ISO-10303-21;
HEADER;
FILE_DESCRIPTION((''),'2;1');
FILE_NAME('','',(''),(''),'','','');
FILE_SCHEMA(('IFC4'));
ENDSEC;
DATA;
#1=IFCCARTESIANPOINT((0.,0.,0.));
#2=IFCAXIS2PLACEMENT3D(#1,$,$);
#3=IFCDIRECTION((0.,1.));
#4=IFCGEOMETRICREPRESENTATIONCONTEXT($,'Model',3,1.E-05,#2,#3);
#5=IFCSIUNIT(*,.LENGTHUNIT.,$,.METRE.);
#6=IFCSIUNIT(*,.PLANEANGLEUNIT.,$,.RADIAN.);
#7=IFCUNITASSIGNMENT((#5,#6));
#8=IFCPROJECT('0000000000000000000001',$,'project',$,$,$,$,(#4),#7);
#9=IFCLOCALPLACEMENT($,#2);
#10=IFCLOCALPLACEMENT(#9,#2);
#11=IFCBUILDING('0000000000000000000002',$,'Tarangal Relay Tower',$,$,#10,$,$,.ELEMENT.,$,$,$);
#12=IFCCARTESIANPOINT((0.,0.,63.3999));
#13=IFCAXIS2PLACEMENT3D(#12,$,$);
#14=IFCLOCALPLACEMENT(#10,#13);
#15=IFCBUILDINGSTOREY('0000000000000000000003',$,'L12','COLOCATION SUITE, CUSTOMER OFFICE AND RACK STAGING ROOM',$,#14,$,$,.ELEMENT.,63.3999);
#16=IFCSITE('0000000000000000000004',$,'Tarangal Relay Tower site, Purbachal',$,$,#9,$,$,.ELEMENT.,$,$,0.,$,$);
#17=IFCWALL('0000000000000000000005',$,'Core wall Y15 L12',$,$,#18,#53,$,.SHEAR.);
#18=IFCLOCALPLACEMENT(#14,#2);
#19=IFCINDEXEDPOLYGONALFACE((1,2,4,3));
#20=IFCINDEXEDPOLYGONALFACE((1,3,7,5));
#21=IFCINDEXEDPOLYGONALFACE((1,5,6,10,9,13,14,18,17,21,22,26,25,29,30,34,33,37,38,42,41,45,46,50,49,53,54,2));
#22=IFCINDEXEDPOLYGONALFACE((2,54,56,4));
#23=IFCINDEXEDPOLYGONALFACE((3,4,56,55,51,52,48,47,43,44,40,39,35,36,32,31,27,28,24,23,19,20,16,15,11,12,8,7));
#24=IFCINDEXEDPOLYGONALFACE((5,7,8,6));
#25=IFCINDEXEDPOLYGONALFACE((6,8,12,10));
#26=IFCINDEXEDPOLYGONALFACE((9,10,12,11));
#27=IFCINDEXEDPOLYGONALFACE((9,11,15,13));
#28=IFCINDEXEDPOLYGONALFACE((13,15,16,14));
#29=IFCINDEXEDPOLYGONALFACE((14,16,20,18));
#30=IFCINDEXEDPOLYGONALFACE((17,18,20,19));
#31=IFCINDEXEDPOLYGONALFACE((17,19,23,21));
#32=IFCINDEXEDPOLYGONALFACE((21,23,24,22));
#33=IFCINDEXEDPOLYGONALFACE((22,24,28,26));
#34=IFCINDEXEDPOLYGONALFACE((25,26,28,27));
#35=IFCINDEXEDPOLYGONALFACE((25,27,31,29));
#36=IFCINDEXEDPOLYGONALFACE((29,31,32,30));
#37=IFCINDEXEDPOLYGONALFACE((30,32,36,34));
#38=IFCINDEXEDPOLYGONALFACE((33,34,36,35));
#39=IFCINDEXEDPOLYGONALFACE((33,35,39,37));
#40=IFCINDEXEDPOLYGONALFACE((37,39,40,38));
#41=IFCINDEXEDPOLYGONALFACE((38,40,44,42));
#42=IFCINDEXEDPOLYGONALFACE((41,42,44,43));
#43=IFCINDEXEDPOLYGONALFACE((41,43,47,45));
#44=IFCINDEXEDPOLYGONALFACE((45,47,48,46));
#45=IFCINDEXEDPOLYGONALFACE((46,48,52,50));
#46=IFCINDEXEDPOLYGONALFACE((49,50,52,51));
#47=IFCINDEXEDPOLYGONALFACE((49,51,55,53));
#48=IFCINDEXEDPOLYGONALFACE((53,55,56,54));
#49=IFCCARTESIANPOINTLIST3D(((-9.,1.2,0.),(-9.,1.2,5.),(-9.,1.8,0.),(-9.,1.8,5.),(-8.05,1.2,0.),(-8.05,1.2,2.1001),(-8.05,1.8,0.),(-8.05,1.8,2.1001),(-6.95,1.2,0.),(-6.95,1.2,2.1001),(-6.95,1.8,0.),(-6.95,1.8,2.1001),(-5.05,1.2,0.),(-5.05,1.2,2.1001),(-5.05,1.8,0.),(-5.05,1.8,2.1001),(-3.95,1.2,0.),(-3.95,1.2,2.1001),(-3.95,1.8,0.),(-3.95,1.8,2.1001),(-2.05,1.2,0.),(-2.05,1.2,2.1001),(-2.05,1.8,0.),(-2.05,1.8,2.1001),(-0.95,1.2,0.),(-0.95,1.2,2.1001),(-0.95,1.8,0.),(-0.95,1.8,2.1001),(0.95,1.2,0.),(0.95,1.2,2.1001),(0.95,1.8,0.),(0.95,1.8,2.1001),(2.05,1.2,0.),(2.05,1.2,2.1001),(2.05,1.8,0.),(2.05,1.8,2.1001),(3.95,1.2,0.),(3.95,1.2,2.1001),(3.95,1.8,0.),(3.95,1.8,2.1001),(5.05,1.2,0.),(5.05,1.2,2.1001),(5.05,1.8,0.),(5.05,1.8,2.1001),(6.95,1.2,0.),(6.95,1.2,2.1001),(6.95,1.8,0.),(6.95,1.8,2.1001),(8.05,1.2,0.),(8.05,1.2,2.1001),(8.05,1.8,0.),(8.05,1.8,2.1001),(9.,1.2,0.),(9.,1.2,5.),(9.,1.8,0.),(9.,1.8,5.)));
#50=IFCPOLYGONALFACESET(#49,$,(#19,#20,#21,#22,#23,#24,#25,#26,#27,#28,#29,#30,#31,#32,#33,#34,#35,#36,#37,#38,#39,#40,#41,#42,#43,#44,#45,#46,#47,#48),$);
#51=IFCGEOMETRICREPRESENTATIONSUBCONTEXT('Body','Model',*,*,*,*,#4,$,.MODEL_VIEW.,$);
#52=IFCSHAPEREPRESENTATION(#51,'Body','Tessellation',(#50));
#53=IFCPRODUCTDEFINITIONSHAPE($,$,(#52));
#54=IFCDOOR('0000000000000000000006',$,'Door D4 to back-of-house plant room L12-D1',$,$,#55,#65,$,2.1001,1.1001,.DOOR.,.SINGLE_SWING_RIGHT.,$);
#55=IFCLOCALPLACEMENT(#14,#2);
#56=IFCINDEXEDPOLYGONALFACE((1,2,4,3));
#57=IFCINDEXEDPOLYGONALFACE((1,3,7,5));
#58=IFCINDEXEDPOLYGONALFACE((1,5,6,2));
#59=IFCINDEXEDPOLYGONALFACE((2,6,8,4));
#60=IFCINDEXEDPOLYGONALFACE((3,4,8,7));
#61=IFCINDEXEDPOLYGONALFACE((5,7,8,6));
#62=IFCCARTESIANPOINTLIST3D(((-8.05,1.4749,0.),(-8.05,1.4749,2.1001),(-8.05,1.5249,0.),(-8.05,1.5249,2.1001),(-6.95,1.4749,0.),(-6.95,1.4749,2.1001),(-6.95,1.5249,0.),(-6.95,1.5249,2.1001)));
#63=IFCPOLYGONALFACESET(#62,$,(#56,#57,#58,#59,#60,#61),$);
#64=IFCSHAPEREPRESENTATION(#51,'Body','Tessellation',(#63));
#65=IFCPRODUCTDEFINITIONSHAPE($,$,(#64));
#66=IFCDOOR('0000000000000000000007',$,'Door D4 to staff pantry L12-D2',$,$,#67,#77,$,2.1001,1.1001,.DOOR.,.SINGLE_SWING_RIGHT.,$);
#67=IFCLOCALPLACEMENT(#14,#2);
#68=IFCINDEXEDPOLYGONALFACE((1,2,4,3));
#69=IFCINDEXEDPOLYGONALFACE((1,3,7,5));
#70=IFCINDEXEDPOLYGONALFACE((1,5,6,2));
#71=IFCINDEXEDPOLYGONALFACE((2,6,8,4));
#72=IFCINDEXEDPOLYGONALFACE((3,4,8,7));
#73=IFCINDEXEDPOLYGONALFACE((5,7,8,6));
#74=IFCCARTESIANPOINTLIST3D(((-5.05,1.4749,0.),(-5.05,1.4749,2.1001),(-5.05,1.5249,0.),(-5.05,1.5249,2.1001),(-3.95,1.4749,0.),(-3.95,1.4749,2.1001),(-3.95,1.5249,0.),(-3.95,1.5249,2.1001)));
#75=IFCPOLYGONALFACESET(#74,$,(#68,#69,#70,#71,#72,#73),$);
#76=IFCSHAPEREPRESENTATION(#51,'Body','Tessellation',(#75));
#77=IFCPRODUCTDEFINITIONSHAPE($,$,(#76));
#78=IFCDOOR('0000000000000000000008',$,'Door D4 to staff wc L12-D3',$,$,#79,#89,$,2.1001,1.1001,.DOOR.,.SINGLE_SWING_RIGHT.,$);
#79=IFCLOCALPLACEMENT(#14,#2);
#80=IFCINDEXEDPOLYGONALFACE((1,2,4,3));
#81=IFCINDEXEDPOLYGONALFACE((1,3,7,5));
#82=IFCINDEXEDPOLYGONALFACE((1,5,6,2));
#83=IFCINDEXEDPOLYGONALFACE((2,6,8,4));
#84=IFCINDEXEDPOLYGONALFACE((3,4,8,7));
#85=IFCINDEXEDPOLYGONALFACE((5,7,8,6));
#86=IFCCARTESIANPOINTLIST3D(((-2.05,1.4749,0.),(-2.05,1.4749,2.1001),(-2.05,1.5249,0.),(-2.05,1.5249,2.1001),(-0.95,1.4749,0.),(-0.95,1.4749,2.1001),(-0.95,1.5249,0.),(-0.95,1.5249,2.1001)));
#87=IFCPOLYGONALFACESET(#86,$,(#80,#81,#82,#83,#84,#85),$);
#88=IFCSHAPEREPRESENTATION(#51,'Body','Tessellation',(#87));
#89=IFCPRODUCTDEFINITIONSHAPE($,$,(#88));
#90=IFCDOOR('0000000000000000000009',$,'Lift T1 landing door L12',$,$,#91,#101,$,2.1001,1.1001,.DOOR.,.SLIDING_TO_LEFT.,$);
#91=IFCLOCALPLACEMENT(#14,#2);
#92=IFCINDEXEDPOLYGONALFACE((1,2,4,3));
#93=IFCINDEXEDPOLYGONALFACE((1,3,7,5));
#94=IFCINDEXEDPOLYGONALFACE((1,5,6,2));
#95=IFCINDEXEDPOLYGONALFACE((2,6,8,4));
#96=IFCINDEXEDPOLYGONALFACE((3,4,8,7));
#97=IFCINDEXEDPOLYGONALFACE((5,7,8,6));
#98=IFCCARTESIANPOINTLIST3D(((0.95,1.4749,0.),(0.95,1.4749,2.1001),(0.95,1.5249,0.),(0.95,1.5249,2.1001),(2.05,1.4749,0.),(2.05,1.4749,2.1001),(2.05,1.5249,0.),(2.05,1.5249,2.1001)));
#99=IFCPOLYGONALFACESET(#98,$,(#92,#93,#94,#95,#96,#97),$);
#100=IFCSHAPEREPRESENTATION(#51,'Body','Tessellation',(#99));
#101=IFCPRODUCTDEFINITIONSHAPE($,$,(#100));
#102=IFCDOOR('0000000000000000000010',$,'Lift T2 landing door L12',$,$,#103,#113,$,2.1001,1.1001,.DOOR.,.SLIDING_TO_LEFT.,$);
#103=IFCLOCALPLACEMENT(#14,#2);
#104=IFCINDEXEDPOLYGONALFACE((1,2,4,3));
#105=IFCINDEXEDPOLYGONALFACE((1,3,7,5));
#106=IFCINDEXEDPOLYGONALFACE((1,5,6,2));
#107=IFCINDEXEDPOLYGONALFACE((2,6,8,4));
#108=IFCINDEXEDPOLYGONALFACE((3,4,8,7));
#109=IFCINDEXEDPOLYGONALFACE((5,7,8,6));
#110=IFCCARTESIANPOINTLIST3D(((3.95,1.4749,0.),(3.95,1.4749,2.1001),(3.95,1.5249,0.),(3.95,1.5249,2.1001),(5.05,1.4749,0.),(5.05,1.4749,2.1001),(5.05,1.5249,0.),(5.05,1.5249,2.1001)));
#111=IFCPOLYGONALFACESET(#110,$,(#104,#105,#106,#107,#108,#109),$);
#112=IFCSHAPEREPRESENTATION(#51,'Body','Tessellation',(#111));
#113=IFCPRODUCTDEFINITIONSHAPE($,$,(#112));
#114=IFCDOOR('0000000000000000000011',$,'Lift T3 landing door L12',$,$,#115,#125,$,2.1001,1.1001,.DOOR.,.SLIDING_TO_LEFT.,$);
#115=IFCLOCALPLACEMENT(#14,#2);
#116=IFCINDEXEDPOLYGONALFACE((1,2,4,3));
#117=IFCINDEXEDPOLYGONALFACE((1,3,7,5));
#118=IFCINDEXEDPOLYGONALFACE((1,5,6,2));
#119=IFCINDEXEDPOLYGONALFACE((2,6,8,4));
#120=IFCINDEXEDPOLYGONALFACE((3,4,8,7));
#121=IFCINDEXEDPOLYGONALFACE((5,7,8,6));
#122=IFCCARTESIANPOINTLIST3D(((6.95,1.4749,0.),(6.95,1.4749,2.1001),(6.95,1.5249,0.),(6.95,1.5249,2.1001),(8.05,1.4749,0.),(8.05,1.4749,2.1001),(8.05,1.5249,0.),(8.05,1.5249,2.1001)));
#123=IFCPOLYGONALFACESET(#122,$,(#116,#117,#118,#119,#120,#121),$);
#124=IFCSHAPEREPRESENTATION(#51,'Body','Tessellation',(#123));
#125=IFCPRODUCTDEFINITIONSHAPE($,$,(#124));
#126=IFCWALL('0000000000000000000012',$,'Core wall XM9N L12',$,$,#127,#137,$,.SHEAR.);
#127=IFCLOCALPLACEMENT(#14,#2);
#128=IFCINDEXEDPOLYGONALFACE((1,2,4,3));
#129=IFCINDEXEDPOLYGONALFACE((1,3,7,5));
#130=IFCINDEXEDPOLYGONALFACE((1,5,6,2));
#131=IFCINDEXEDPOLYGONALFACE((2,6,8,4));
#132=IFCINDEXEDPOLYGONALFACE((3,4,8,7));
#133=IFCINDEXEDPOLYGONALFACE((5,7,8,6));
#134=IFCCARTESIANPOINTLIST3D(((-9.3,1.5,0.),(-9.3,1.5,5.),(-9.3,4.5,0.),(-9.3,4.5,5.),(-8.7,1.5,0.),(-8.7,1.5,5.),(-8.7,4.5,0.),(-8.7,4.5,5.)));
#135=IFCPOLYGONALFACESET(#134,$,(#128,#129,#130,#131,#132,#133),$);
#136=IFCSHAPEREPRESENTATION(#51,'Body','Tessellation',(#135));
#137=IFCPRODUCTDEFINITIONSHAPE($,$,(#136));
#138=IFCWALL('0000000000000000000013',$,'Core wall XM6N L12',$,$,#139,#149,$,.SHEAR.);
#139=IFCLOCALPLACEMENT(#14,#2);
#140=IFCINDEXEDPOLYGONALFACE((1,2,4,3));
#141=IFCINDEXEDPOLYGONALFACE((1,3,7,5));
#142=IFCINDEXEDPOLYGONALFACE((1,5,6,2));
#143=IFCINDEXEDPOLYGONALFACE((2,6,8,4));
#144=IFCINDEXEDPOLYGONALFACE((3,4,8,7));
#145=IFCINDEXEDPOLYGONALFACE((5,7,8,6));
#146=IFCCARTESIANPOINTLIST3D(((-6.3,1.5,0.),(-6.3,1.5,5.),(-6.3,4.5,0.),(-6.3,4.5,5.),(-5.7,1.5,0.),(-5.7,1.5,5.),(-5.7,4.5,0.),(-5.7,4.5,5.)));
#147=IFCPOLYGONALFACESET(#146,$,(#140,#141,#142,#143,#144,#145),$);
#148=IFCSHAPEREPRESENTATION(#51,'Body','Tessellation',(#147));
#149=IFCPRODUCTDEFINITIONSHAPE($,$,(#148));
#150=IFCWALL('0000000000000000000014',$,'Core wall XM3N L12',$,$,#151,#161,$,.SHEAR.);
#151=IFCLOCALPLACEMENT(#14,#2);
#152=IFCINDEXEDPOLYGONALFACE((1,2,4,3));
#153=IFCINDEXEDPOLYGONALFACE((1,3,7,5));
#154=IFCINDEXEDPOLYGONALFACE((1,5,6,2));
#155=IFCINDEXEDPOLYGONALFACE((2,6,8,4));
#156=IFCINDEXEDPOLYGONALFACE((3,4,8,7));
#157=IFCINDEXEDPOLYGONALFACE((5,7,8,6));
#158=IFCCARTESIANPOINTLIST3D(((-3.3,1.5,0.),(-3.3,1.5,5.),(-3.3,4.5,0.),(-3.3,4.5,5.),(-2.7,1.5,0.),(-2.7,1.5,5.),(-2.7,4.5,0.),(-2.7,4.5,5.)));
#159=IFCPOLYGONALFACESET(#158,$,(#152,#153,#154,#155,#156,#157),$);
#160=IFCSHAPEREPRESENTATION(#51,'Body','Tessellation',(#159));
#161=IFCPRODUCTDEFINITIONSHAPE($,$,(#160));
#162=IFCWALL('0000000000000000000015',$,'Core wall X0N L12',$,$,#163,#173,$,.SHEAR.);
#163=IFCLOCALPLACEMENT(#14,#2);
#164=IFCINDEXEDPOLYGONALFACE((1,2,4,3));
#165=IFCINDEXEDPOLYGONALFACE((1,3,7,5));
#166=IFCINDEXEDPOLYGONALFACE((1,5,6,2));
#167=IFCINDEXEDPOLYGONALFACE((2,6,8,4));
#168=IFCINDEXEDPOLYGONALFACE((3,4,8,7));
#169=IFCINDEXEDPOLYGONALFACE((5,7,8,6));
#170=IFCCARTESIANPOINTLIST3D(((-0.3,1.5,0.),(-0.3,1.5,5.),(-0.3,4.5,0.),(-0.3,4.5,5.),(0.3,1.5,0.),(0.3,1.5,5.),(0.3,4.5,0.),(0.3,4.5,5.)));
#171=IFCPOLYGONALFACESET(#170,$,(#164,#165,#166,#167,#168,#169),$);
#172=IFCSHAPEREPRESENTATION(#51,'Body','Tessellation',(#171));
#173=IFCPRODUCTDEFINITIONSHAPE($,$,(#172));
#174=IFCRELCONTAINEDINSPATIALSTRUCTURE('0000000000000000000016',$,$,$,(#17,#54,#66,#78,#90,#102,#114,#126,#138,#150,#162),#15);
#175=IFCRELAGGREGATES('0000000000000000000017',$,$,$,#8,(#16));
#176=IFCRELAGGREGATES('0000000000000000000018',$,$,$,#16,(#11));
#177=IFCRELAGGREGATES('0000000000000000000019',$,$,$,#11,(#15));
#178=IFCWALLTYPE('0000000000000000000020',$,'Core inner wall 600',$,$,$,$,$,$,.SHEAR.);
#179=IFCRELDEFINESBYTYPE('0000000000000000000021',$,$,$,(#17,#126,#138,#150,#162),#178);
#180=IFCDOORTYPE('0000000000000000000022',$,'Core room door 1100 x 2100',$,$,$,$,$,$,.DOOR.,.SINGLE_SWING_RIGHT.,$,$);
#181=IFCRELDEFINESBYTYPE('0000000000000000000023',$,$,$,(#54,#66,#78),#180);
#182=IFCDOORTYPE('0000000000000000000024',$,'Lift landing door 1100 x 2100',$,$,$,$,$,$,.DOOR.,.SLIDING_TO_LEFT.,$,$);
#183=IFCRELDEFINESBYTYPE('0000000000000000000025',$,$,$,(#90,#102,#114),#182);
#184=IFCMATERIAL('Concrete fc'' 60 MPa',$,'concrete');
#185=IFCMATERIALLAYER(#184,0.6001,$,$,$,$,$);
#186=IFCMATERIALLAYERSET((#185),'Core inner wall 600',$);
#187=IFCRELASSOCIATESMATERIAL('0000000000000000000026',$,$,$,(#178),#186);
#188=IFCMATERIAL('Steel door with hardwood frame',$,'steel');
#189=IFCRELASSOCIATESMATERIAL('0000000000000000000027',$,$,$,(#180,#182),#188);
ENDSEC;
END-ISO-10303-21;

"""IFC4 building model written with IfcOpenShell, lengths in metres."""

from ifc_helpers import new_model, si_unit, direction, frame, frame_2d, origin, place, context, subcontext, project, spatial, rectangle, extrude, material, layer, layer_set, type_object, element, fill, save


model = new_model("IFC4")

# Units and contexts
model_context = context("Model", 3, precision=1e-05, world=origin(), true_north=direction((0.0, 1.0)))
body_context = subcontext(model_context, "Body", "Model", "MODEL_VIEW")
ifc_project = project(units=[si_unit("LENGTHUNIT", "METRE"), si_unit("PLANEANGLEUNIT", "RADIAN")], contexts=[model_context])

# Site, building, storey
site_placement = place(None, origin())
site = spatial("IfcSite", under=ifc_project, at=site_placement, Name="Tarangal Relay Tower site, Purbachal", CompositionType="ELEMENT", RefElevation=0.0)
building_placement = place(site_placement, origin())
building = spatial("IfcBuilding", under=site, at=building_placement, Name="Tarangal Relay Tower", CompositionType="ELEMENT")
storey_placement = place(building_placement, frame((0.0, 0.0, 63.3999)))
storey = spatial("IfcBuildingStorey", under=building, at=storey_placement, Name="L12", Description="COLOCATION SUITE, CUSTOMER OFFICE AND RACK STAGING ROOM", CompositionType="ELEMENT", Elevation=63.3999)

# Wall, openings, doors
ifc_material_1 = material(Name="Concrete fc' 60 MPa", Category="concrete")
ifc_layer_1 = layer(ifc_material_1, 0.6001)
ifc_layer_set_1 = layer_set([ifc_layer_1], Name="Core inner wall 600")
wall_type = type_object("IfcWallType", Name="Core inner wall 600", PredefinedType="SHEAR", material=ifc_layer_set_1)
wall_1_placement = place(storey_placement, frame((-9.0, 1.5, 0.0), z_axis=(0.0, 0.0, 1.0), x_axis=(1.0, 0.0, 0.0)))
wall_1 = element("IfcWall", 1, at=wall_1_placement, inside=storey, type_object=wall_type, Name="Core wall Y15 L12", PredefinedType="SHEAR", context=body_context, shape_type="SweptSolid", body=[
    extrude(rectangle(XDim=18.0, YDim=0.6001, at=frame_2d((9.0, 0.0))), origin(), (0.0, 0.0, 1.0), 5.0),
])
opening_1_placement = place(wall_1_placement, frame((9.95, 0.0, 0.0)))
opening_1 = element("IfcOpeningElement", 2, at=opening_1_placement, cuts=wall_1, PredefinedType="OPENING", context=body_context, shape_type="SweptSolid", body=[
    extrude(rectangle(XDim=1.1001, YDim=2.1001, at=frame_2d((0.55, 1.05))), frame((0.0, 0.3101, 0.0), z_axis=(0.0, -1.0, 0.0), x_axis=(1.0, 0.0, 0.0)), (0.0, 0.0, 1.0), 0.6201),
])
opening_2_placement = place(wall_1_placement, frame((12.95, 0.0, 0.0)))
opening_2 = element("IfcOpeningElement", 3, at=opening_2_placement, cuts=wall_1, PredefinedType="OPENING", context=body_context, shape_type="SweptSolid", body=[
    extrude(rectangle(XDim=1.1001, YDim=2.1001, at=frame_2d((0.55, 1.05))), frame((0.0, 0.3101, 0.0), z_axis=(0.0, -1.0, 0.0), x_axis=(1.0, 0.0, 0.0)), (0.0, 0.0, 1.0), 0.6201),
])
opening_3_placement = place(wall_1_placement, frame((15.95, 0.0, 0.0)))
opening_3 = element("IfcOpeningElement", 4, at=opening_3_placement, cuts=wall_1, PredefinedType="OPENING", context=body_context, shape_type="SweptSolid", body=[
    extrude(rectangle(XDim=1.1001, YDim=2.1001, at=frame_2d((0.55, 1.05))), frame((0.0, 0.3101, 0.0), z_axis=(0.0, -1.0, 0.0), x_axis=(1.0, 0.0, 0.0)), (0.0, 0.0, 1.0), 0.6201),
])
opening_4_placement = place(wall_1_placement, frame((0.95, 0.0, 0.0)))
opening_4 = element("IfcOpeningElement", 5, at=opening_4_placement, cuts=wall_1, PredefinedType="OPENING", context=body_context, shape_type="SweptSolid", body=[
    extrude(rectangle(XDim=1.1001, YDim=2.1001, at=frame_2d((0.55, 1.05))), frame((0.0, 0.3101, 0.0), z_axis=(0.0, -1.0, 0.0), x_axis=(1.0, 0.0, 0.0)), (0.0, 0.0, 1.0), 0.6201),
])
opening_5_placement = place(wall_1_placement, frame((3.95, 0.0, 0.0)))
opening_5 = element("IfcOpeningElement", 6, at=opening_5_placement, cuts=wall_1, PredefinedType="OPENING", context=body_context, shape_type="SweptSolid", body=[
    extrude(rectangle(XDim=1.1001, YDim=2.1001, at=frame_2d((0.55, 1.05))), frame((0.0, 0.3101, 0.0), z_axis=(0.0, -1.0, 0.0), x_axis=(1.0, 0.0, 0.0)), (0.0, 0.0, 1.0), 0.6201),
])
opening_6_placement = place(wall_1_placement, frame((6.95, 0.0, 0.0)))
opening_6 = element("IfcOpeningElement", 7, at=opening_6_placement, cuts=wall_1, PredefinedType="OPENING", context=body_context, shape_type="SweptSolid", body=[
    extrude(rectangle(XDim=1.1001, YDim=2.1001, at=frame_2d((0.55, 1.05))), frame((0.0, 0.3101, 0.0), z_axis=(0.0, -1.0, 0.0), x_axis=(1.0, 0.0, 0.0)), (0.0, 0.0, 1.0), 0.6201),
])
ifc_material_2 = material(Name="Steel door with hardwood frame", Category="steel")
door_type_1 = type_object("IfcDoorType", Name="Core room door 1100 x 2100", OperationType="SINGLE_SWING_RIGHT", PredefinedType="DOOR", material=ifc_material_2)
door_1_placement = place(opening_4_placement, origin())
door_1 = element("IfcDoor", 8, at=door_1_placement, inside=storey, type_object=door_type_1, Name="Door D4 to back-of-house plant room L12-D1", OperationType="SINGLE_SWING_RIGHT", OverallHeight=2.1001, OverallWidth=1.1001, PredefinedType="DOOR", context=body_context, shape_type="SweptSolid", body=[
    extrude(rectangle(XDim=1.1001, YDim=2.1001, at=frame_2d((0.55, 1.05))), frame((0.0, 0.0249, 0.0), z_axis=(0.0, -1.0, 0.0), x_axis=(1.0, 0.0, 0.0)), (0.0, 0.0, 1.0), 0.05),
])
fill(opening_4, door_1)
door_2_placement = place(opening_5_placement, origin())
door_2 = element("IfcDoor", 9, at=door_2_placement, inside=storey, type_object=door_type_1, Name="Door D4 to staff pantry L12-D2", OperationType="SINGLE_SWING_RIGHT", OverallHeight=2.1001, OverallWidth=1.1001, PredefinedType="DOOR", context=body_context, shape_type="SweptSolid", body=[
    extrude(rectangle(XDim=1.1001, YDim=2.1001, at=frame_2d((0.55, 1.05))), frame((0.0, 0.0249, 0.0), z_axis=(0.0, -1.0, 0.0), x_axis=(1.0, 0.0, 0.0)), (0.0, 0.0, 1.0), 0.05),
])
fill(opening_5, door_2)
door_3_placement = place(opening_6_placement, origin())
door_3 = element("IfcDoor", 10, at=door_3_placement, inside=storey, type_object=door_type_1, Name="Door D4 to staff wc L12-D3", OperationType="SINGLE_SWING_RIGHT", OverallHeight=2.1001, OverallWidth=1.1001, PredefinedType="DOOR", context=body_context, shape_type="SweptSolid", body=[
    extrude(rectangle(XDim=1.1001, YDim=2.1001, at=frame_2d((0.55, 1.05))), frame((0.0, 0.0249, 0.0), z_axis=(0.0, -1.0, 0.0), x_axis=(1.0, 0.0, 0.0)), (0.0, 0.0, 1.0), 0.05),
])
fill(opening_6, door_3)
door_type_2 = type_object("IfcDoorType", Name="Lift landing door 1100 x 2100", OperationType="SLIDING_TO_LEFT", PredefinedType="DOOR", material=ifc_material_2)
door_4_placement = place(opening_1_placement, origin())
door_4 = element("IfcDoor", 11, at=door_4_placement, inside=storey, type_object=door_type_2, Name="Lift T1 landing door L12", OperationType="SLIDING_TO_LEFT", OverallHeight=2.1001, OverallWidth=1.1001, PredefinedType="DOOR", context=body_context, shape_type="SweptSolid", body=[
    extrude(rectangle(XDim=1.1001, YDim=2.1001, at=frame_2d((0.55, 1.05))), frame((0.0, 0.0249, 0.0), z_axis=(0.0, -1.0, 0.0), x_axis=(1.0, 0.0, 0.0)), (0.0, 0.0, 1.0), 0.05),
])
fill(opening_1, door_4)
door_5_placement = place(opening_2_placement, origin())
door_5 = element("IfcDoor", 12, at=door_5_placement, inside=storey, type_object=door_type_2, Name="Lift T2 landing door L12", OperationType="SLIDING_TO_LEFT", OverallHeight=2.1001, OverallWidth=1.1001, PredefinedType="DOOR", context=body_context, shape_type="SweptSolid", body=[
    extrude(rectangle(XDim=1.1001, YDim=2.1001, at=frame_2d((0.55, 1.05))), frame((0.0, 0.0249, 0.0), z_axis=(0.0, -1.0, 0.0), x_axis=(1.0, 0.0, 0.0)), (0.0, 0.0, 1.0), 0.05),
])
fill(opening_2, door_5)
door_6_placement = place(opening_3_placement, origin())
door_6 = element("IfcDoor", 13, at=door_6_placement, inside=storey, type_object=door_type_2, Name="Lift T3 landing door L12", OperationType="SLIDING_TO_LEFT", OverallHeight=2.1001, OverallWidth=1.1001, PredefinedType="DOOR", context=body_context, shape_type="SweptSolid", body=[
    extrude(rectangle(XDim=1.1001, YDim=2.1001, at=frame_2d((0.55, 1.05))), frame((0.0, 0.0249, 0.0), z_axis=(0.0, -1.0, 0.0), x_axis=(1.0, 0.0, 0.0)), (0.0, 0.0, 1.0), 0.05),
])
fill(opening_3, door_6)

# Walls
for number, where, z_axis, x_axis, name in (
    (14, (-9.0, 1.5, 0.0), (0.0, 0.0, 1.0), (0.0, 1.0, 0.0), "Core wall XM9N L12"),
    (15, (-6.0, 1.5, 0.0), (0.0, 0.0, 1.0), (0.0, 1.0, 0.0), "Core wall XM6N L12"),
    (16, (-3.0, 1.5, 0.0), (0.0, 0.0, 1.0), (0.0, 1.0, 0.0), "Core wall XM3N L12"),
    (17, (0.0, 1.5, 0.0), (0.0, 0.0, 1.0), (0.0, 1.0, 0.0), "Core wall X0N L12"),
):
    element("IfcWall", number, at=place(storey_placement, frame(where, z_axis=z_axis, x_axis=x_axis)), inside=storey, type_object=wall_type, Name=name, PredefinedType="SHEAR", context=body_context, shape_type="SweptSolid", body=[
        extrude(rectangle(XDim=3.0, YDim=0.6001, at=frame_2d((1.5, 0.0))), origin(), (0.0, 0.0, 1.0), 5.0),
    ])

save(model, "model.ifc")
